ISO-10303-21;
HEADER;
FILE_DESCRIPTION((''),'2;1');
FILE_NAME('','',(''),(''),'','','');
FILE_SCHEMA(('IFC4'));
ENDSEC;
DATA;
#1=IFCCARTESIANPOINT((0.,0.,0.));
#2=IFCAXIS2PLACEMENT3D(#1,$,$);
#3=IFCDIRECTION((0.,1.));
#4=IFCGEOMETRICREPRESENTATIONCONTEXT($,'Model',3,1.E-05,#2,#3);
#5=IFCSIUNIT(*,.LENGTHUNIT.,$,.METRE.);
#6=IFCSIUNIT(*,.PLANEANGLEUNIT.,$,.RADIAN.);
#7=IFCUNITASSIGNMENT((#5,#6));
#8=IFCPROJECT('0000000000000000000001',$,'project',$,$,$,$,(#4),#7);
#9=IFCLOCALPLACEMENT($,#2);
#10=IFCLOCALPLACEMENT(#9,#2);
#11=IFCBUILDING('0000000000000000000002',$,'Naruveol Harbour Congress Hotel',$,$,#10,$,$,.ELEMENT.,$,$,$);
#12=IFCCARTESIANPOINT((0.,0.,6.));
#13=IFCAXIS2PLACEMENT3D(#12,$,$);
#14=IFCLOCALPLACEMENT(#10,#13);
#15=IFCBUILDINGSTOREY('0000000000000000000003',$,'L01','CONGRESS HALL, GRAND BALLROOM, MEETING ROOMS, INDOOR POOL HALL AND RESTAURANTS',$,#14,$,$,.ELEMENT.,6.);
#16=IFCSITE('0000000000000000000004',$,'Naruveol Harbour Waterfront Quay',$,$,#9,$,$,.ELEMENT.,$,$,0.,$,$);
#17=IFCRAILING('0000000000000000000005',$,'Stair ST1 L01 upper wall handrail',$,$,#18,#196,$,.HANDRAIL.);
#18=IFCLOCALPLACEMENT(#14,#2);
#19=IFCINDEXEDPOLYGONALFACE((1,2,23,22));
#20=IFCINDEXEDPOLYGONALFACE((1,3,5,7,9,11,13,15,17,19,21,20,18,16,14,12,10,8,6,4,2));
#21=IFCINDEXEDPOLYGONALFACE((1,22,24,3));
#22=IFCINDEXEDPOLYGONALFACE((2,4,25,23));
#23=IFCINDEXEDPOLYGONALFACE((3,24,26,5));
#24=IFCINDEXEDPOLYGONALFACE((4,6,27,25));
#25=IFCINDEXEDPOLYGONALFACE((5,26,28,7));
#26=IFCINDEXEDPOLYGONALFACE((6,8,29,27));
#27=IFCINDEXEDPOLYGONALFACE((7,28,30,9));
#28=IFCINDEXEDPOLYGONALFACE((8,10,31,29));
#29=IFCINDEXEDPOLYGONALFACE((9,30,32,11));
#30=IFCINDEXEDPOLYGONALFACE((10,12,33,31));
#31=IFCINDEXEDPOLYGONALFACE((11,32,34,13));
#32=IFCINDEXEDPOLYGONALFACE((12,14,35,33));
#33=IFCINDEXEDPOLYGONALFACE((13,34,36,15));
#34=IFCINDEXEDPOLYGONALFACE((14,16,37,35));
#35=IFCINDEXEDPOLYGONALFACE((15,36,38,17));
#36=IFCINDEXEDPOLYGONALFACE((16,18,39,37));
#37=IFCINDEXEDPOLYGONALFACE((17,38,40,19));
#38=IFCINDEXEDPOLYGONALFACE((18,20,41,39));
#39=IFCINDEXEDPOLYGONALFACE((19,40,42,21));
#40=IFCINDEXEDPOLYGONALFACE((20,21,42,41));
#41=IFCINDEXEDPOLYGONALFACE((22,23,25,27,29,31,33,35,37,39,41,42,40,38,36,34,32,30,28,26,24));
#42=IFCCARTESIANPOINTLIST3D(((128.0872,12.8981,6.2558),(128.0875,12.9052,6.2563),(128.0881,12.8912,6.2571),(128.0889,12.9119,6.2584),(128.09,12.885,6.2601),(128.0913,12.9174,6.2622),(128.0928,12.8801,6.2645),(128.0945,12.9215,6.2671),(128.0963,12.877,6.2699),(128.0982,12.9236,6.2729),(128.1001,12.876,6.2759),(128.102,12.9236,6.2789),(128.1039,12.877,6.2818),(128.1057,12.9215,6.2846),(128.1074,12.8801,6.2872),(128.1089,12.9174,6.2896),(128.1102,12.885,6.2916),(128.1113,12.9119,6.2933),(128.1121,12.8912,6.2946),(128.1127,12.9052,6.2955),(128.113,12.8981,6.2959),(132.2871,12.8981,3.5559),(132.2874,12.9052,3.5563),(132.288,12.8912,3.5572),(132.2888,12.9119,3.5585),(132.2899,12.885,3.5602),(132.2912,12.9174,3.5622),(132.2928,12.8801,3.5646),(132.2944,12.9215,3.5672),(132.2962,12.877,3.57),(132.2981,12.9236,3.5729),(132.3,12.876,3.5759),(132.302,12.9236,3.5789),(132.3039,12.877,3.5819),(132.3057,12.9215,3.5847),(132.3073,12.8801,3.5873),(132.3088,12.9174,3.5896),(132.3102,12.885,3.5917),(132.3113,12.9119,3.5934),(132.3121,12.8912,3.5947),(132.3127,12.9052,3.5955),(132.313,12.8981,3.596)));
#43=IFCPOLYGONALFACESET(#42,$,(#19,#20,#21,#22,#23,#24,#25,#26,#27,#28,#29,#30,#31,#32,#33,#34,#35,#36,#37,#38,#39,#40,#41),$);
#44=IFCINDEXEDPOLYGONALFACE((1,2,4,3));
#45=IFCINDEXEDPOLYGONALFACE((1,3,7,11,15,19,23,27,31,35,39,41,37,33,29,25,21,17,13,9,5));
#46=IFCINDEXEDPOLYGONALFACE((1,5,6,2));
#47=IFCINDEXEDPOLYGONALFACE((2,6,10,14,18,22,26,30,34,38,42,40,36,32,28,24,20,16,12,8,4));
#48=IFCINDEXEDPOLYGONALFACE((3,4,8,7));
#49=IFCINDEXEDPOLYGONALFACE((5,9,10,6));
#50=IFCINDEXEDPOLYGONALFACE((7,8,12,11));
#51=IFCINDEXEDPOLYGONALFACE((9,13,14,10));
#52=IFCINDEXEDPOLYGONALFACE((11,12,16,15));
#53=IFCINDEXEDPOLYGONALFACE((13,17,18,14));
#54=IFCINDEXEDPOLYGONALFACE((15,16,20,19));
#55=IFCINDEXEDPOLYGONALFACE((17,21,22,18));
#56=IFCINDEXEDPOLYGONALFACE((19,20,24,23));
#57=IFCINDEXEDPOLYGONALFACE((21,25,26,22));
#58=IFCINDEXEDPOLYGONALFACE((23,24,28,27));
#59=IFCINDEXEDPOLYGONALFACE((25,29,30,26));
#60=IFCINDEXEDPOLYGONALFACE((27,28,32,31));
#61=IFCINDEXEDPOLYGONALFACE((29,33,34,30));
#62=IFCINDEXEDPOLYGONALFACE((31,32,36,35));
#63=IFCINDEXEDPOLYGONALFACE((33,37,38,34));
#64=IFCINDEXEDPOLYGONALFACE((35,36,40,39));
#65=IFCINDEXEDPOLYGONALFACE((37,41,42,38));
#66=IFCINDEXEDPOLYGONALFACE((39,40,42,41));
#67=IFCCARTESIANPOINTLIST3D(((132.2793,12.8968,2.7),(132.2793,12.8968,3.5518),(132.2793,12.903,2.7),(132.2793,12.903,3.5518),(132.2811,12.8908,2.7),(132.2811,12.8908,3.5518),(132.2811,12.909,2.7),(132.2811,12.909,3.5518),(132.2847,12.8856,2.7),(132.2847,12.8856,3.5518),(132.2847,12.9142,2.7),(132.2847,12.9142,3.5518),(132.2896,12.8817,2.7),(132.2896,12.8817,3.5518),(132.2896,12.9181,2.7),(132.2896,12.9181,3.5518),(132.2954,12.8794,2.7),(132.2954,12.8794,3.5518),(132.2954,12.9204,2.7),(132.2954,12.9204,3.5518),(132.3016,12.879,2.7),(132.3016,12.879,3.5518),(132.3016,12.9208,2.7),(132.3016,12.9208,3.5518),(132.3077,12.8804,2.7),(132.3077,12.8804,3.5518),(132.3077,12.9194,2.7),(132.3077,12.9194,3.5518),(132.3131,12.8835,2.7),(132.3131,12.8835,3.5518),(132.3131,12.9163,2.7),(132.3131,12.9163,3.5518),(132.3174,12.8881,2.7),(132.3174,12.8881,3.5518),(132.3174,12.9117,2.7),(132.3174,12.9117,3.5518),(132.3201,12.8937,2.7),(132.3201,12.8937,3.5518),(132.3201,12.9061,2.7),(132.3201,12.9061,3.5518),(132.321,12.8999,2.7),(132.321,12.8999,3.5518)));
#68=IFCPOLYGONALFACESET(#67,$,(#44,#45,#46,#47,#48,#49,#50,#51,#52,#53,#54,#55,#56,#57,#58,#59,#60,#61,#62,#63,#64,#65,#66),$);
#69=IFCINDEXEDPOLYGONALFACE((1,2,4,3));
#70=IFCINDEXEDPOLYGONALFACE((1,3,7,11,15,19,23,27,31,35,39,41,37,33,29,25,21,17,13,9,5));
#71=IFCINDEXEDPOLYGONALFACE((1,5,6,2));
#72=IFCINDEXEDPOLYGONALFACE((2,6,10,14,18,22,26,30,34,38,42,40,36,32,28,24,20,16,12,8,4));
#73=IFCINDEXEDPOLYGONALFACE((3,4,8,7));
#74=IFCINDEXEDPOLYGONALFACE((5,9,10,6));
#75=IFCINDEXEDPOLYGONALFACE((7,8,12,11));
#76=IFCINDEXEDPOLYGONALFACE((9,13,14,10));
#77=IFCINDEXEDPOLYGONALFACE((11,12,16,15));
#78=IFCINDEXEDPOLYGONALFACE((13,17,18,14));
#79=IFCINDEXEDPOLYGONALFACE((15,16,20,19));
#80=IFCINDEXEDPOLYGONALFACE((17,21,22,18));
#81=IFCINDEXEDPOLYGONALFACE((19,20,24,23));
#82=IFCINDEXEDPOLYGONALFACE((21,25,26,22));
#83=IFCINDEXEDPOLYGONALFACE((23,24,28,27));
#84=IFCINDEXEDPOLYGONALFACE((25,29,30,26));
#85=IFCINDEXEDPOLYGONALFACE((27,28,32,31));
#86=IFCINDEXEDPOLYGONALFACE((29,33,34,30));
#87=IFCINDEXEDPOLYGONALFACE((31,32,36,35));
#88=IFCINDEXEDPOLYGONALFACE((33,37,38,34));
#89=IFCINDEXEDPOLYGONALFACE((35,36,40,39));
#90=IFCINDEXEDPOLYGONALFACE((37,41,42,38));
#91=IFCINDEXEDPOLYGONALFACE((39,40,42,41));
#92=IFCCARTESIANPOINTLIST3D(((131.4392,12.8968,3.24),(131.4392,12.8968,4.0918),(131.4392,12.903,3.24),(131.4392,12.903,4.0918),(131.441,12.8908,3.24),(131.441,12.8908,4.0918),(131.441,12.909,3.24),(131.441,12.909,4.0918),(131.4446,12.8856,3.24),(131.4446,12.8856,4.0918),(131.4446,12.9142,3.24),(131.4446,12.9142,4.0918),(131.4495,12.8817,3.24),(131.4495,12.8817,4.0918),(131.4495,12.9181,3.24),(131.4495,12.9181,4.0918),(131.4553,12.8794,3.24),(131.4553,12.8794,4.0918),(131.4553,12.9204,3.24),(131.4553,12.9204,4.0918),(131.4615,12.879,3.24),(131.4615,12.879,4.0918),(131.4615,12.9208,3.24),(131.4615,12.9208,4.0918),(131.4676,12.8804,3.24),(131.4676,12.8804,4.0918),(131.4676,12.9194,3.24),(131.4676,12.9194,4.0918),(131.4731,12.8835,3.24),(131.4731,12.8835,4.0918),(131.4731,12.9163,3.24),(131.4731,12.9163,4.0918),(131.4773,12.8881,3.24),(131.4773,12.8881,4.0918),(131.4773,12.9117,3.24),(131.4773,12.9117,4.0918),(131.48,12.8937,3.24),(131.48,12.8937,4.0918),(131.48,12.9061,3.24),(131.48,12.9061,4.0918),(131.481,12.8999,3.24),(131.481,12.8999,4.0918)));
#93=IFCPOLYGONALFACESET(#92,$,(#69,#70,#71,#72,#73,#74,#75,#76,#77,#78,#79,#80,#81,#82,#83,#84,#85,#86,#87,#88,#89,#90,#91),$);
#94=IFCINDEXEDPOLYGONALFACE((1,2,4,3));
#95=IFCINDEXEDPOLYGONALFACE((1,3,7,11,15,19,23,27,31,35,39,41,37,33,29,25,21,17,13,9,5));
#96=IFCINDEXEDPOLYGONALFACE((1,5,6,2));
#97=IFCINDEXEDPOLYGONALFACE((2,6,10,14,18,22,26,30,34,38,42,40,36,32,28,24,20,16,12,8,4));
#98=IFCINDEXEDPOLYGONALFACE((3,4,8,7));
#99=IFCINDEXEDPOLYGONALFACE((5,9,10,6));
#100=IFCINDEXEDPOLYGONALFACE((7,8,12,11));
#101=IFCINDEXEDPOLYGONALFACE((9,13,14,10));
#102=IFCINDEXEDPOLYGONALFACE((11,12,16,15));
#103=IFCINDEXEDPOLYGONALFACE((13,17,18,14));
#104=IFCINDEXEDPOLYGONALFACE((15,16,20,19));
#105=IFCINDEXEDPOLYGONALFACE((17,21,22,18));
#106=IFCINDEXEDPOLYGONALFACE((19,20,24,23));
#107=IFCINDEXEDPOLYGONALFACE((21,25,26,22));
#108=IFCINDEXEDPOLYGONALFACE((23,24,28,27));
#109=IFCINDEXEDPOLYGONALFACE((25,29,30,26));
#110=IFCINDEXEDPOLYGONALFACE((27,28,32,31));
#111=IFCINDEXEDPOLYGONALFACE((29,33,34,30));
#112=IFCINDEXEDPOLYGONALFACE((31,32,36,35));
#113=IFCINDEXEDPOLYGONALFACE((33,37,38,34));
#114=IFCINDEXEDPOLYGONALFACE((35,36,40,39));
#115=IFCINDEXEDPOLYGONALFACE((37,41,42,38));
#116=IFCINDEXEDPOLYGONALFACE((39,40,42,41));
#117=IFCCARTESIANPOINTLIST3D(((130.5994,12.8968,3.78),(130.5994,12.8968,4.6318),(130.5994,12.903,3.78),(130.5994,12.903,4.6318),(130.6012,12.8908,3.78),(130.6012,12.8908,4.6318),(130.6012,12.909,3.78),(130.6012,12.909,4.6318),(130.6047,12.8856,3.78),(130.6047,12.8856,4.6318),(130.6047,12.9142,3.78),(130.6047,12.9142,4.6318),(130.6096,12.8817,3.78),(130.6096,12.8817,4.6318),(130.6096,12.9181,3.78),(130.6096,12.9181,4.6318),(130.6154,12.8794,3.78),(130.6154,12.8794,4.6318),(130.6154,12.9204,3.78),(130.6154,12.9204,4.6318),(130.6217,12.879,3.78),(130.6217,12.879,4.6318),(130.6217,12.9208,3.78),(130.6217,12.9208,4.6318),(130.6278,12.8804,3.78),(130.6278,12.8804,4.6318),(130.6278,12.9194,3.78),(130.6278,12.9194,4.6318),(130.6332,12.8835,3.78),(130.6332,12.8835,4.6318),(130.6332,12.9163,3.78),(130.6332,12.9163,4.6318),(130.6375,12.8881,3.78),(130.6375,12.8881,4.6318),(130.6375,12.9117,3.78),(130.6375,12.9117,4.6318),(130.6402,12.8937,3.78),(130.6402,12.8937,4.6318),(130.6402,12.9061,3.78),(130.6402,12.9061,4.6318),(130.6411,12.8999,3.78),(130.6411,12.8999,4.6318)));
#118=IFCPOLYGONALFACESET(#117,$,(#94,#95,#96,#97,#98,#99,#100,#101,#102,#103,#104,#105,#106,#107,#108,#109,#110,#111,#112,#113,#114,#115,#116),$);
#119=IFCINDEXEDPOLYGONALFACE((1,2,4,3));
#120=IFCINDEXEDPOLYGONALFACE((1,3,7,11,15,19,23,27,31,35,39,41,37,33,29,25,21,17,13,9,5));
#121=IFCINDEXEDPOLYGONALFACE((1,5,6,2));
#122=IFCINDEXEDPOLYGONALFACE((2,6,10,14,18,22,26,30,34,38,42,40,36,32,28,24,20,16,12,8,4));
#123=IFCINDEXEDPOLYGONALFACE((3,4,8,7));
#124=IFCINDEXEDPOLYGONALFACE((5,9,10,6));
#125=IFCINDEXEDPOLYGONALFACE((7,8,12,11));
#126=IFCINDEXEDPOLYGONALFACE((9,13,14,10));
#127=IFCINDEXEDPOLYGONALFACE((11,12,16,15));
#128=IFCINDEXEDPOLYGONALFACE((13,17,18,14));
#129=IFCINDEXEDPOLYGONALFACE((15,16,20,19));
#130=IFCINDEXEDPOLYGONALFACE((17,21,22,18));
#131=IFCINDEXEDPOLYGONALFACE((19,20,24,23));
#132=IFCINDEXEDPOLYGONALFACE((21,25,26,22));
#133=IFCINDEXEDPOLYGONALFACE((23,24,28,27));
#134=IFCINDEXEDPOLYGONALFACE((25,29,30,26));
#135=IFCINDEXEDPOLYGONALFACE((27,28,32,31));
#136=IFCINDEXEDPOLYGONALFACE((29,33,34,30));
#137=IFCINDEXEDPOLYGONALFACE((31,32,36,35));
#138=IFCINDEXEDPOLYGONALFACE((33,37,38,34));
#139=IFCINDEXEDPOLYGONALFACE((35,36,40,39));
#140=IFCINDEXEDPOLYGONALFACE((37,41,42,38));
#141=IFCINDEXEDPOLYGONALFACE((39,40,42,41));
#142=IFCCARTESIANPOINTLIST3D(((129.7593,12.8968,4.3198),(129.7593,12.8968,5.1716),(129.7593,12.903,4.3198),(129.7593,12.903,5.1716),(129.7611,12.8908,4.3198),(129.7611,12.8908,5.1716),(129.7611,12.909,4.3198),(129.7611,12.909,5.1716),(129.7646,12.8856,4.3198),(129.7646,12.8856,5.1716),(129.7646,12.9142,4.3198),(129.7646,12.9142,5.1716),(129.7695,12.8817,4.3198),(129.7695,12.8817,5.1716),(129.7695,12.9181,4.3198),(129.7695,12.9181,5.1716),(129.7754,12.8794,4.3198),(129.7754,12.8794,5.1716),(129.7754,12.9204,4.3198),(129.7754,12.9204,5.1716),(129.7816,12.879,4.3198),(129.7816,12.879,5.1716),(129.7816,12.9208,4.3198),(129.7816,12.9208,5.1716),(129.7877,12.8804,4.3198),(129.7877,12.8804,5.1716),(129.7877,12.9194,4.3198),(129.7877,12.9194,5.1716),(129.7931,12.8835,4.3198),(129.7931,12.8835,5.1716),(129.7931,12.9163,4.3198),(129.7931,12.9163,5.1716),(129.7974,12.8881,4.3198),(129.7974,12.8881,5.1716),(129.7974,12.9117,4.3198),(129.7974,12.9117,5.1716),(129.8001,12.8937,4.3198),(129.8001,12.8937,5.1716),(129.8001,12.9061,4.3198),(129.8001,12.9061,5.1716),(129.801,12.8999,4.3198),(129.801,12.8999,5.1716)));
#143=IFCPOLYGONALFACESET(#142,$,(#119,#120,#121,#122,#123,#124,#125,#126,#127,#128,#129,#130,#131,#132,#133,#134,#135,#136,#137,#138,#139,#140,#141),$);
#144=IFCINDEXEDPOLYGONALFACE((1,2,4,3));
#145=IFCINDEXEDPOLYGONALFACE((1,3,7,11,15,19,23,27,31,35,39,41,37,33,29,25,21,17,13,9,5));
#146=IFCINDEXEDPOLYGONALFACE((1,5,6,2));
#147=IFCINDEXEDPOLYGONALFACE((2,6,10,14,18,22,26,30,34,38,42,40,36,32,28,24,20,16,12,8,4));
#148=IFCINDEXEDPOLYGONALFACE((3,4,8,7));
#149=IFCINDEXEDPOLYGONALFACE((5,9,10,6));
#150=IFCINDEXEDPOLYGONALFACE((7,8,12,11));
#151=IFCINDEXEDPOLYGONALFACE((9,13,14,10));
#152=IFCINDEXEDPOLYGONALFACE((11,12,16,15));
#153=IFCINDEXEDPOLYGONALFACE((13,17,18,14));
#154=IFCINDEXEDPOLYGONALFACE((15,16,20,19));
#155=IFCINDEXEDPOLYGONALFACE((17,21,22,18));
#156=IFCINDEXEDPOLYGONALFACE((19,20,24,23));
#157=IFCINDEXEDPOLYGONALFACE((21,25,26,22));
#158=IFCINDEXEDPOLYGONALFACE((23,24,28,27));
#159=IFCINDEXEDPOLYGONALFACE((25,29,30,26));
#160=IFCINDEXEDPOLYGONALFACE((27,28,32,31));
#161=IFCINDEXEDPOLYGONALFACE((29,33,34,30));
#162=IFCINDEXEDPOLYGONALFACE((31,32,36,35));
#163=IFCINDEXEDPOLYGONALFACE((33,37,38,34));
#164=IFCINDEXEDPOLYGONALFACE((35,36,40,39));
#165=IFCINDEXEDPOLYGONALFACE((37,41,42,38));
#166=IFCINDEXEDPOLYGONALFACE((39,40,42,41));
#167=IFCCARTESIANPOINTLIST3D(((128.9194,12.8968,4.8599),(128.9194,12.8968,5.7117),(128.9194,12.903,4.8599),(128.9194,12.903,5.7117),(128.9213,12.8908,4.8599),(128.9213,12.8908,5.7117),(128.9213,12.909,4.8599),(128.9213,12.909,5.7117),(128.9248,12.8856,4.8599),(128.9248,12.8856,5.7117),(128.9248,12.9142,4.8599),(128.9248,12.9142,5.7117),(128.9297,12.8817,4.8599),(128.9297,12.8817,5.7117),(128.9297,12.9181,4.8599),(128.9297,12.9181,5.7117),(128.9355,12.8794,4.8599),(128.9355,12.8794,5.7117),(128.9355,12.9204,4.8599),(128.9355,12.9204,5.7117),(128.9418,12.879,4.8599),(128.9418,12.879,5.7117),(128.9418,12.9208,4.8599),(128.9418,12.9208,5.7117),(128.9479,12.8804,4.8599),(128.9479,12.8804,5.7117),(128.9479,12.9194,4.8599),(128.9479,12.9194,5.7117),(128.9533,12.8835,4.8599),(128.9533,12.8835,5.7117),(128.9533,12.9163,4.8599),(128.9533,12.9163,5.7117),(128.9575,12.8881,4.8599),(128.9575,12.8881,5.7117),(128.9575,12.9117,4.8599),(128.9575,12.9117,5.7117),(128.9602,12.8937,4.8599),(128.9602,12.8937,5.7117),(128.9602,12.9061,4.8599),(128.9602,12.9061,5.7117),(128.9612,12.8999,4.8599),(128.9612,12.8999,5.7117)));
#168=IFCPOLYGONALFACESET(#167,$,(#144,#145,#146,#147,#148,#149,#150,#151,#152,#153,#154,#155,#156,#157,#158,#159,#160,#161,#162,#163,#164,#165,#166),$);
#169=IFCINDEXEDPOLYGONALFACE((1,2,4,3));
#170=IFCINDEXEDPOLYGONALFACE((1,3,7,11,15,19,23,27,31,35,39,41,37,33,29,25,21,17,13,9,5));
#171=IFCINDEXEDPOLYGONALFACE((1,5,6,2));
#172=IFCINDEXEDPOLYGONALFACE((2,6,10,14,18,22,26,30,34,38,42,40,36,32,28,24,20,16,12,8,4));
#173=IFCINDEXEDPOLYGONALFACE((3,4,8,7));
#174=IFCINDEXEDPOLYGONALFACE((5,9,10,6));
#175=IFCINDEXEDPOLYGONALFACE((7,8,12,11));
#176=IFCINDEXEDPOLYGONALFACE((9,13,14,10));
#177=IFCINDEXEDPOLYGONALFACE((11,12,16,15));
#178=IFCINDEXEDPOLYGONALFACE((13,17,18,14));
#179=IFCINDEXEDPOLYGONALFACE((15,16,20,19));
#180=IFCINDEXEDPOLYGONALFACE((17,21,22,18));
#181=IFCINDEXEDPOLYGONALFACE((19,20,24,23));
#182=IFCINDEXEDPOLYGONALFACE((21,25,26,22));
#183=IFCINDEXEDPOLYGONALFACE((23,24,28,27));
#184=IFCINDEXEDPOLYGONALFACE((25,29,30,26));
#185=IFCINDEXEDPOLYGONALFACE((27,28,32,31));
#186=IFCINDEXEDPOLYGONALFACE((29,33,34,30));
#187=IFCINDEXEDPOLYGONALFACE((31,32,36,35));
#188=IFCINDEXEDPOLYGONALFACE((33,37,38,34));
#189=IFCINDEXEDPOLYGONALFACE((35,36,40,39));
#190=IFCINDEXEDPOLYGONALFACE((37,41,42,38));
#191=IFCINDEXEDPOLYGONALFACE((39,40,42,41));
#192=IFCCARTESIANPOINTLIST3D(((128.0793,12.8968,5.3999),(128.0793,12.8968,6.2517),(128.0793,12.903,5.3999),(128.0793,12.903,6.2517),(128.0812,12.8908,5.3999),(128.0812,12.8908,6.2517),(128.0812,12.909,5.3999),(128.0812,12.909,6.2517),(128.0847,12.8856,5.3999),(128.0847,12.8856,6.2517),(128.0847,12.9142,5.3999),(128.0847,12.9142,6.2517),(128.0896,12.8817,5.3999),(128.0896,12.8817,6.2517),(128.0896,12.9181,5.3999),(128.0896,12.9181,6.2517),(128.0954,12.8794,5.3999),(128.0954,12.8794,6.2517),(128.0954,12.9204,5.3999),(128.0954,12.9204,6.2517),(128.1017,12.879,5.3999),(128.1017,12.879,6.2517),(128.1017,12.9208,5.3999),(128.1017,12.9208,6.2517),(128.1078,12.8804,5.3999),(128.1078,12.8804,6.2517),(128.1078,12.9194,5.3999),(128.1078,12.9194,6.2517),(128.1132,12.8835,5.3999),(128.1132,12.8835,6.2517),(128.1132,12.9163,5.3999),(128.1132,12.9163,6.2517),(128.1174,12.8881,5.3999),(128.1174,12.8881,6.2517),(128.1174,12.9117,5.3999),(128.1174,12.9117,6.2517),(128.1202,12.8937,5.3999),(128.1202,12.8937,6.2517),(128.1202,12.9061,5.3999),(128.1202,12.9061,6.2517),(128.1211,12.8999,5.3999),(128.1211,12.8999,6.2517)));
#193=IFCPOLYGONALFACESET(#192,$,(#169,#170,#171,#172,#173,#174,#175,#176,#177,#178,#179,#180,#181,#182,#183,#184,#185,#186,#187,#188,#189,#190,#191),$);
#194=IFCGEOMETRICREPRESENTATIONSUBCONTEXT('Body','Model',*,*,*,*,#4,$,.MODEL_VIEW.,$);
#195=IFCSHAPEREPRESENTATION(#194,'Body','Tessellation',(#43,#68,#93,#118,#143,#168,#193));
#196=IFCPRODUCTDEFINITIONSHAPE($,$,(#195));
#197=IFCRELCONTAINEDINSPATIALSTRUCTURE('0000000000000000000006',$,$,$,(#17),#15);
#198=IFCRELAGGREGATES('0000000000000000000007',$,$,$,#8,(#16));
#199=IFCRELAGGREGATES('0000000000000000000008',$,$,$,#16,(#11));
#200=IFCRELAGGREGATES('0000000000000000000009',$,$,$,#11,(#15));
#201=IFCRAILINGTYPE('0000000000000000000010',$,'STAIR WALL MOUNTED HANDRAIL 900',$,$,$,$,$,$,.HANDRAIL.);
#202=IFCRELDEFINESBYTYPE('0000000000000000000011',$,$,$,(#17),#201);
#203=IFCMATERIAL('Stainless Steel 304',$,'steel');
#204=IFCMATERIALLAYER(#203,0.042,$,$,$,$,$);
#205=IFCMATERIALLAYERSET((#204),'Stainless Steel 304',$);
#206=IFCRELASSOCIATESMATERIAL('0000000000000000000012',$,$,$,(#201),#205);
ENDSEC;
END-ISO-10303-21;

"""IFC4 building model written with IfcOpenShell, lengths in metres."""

from ifc_helpers import new_model, si_unit, direction, frame, origin, origin_2d, place, context, subcontext, project, spatial, circle, extrude, material, layer, layer_set, type_object, element, save


model = new_model("IFC4")

# Units and contexts
model_context = context("Model", 3, precision=1e-05, world=origin(), true_north=direction((0.0, 1.0)))
body_context = subcontext(model_context, "Body", "Model", "MODEL_VIEW")
ifc_project = project(units=[si_unit("LENGTHUNIT", "METRE"), si_unit("PLANEANGLEUNIT", "RADIAN")], contexts=[model_context])

# Site, building, storey
site_placement = place(None, origin())
site = spatial("IfcSite", under=ifc_project, at=site_placement, Name="Naruveol Harbour Waterfront Quay", CompositionType="ELEMENT", RefElevation=0.0)
building_placement = place(site_placement, origin())
building = spatial("IfcBuilding", under=site, at=building_placement, Name="Naruveol Harbour Congress Hotel", CompositionType="ELEMENT")
storey_placement = place(building_placement, frame((0.0, 0.0, 6.0)))
storey = spatial("IfcBuildingStorey", under=building, at=storey_placement, Name="L01", Description="CONGRESS HALL, GRAND BALLROOM, MEETING ROOMS, INDOOR POOL HALL AND RESTAURANTS", CompositionType="ELEMENT", Elevation=6.0)

# Railing
ifc_material_1 = material(Name="Stainless Steel 304", Category="steel")
ifc_layer_1 = layer(ifc_material_1, 0.042)
ifc_layer_set_1 = layer_set([ifc_layer_1], Name="Stainless Steel 304")
railing_type_1 = type_object("IfcRailingType", Name="STAIR WALL MOUNTED HANDRAIL 900", PredefinedType="HANDRAIL", material=ifc_layer_set_1)
railing_1_placement = place(storey_placement, frame((132.3, 12.8999, 2.7)))
element("IfcRailing", 1, at=railing_1_placement, inside=storey, type_object=railing_type_1, Name="Stair ST1 L01 upper wall handrail", PredefinedType="HANDRAIL", context=body_context, shape_type="SweptSolid", body=[
    extrude(circle(Radius=0.0239, at=origin_2d()), frame((0.0, 0.0, 0.876), z_axis=(-0.84118, 0.0, 0.540755), x_axis=(0.0, -1.0, 0.0)), (0.0, 0.0, 1.0), 4.9929),
    extrude(circle(Radius=0.021, at=origin_2d()), origin(), (0.0, 0.0, 1.0), 0.8518),
    extrude(circle(Radius=0.021, at=origin_2d()), frame((-0.8401, 0.0, 0.54)), (0.0, 0.0, 1.0), 0.8518),
    extrude(circle(Radius=0.021, at=origin_2d()), frame((-1.6799, 0.0, 1.0801)), (0.0, 0.0, 1.0), 0.8518),
    extrude(circle(Radius=0.021, at=origin_2d()), frame((-2.52, 0.0, 1.6199)), (0.0, 0.0, 1.0), 0.8518),
    extrude(circle(Radius=0.021, at=origin_2d()), frame((-3.3599, 0.0, 2.1599)), (0.0, 0.0, 1.0), 0.8518),
    extrude(circle(Radius=0.021, at=origin_2d()), frame((-4.2, 0.0, 2.7)), (0.0, 0.0, 1.0), 0.8518),
])

save(model, "model.ifc")
